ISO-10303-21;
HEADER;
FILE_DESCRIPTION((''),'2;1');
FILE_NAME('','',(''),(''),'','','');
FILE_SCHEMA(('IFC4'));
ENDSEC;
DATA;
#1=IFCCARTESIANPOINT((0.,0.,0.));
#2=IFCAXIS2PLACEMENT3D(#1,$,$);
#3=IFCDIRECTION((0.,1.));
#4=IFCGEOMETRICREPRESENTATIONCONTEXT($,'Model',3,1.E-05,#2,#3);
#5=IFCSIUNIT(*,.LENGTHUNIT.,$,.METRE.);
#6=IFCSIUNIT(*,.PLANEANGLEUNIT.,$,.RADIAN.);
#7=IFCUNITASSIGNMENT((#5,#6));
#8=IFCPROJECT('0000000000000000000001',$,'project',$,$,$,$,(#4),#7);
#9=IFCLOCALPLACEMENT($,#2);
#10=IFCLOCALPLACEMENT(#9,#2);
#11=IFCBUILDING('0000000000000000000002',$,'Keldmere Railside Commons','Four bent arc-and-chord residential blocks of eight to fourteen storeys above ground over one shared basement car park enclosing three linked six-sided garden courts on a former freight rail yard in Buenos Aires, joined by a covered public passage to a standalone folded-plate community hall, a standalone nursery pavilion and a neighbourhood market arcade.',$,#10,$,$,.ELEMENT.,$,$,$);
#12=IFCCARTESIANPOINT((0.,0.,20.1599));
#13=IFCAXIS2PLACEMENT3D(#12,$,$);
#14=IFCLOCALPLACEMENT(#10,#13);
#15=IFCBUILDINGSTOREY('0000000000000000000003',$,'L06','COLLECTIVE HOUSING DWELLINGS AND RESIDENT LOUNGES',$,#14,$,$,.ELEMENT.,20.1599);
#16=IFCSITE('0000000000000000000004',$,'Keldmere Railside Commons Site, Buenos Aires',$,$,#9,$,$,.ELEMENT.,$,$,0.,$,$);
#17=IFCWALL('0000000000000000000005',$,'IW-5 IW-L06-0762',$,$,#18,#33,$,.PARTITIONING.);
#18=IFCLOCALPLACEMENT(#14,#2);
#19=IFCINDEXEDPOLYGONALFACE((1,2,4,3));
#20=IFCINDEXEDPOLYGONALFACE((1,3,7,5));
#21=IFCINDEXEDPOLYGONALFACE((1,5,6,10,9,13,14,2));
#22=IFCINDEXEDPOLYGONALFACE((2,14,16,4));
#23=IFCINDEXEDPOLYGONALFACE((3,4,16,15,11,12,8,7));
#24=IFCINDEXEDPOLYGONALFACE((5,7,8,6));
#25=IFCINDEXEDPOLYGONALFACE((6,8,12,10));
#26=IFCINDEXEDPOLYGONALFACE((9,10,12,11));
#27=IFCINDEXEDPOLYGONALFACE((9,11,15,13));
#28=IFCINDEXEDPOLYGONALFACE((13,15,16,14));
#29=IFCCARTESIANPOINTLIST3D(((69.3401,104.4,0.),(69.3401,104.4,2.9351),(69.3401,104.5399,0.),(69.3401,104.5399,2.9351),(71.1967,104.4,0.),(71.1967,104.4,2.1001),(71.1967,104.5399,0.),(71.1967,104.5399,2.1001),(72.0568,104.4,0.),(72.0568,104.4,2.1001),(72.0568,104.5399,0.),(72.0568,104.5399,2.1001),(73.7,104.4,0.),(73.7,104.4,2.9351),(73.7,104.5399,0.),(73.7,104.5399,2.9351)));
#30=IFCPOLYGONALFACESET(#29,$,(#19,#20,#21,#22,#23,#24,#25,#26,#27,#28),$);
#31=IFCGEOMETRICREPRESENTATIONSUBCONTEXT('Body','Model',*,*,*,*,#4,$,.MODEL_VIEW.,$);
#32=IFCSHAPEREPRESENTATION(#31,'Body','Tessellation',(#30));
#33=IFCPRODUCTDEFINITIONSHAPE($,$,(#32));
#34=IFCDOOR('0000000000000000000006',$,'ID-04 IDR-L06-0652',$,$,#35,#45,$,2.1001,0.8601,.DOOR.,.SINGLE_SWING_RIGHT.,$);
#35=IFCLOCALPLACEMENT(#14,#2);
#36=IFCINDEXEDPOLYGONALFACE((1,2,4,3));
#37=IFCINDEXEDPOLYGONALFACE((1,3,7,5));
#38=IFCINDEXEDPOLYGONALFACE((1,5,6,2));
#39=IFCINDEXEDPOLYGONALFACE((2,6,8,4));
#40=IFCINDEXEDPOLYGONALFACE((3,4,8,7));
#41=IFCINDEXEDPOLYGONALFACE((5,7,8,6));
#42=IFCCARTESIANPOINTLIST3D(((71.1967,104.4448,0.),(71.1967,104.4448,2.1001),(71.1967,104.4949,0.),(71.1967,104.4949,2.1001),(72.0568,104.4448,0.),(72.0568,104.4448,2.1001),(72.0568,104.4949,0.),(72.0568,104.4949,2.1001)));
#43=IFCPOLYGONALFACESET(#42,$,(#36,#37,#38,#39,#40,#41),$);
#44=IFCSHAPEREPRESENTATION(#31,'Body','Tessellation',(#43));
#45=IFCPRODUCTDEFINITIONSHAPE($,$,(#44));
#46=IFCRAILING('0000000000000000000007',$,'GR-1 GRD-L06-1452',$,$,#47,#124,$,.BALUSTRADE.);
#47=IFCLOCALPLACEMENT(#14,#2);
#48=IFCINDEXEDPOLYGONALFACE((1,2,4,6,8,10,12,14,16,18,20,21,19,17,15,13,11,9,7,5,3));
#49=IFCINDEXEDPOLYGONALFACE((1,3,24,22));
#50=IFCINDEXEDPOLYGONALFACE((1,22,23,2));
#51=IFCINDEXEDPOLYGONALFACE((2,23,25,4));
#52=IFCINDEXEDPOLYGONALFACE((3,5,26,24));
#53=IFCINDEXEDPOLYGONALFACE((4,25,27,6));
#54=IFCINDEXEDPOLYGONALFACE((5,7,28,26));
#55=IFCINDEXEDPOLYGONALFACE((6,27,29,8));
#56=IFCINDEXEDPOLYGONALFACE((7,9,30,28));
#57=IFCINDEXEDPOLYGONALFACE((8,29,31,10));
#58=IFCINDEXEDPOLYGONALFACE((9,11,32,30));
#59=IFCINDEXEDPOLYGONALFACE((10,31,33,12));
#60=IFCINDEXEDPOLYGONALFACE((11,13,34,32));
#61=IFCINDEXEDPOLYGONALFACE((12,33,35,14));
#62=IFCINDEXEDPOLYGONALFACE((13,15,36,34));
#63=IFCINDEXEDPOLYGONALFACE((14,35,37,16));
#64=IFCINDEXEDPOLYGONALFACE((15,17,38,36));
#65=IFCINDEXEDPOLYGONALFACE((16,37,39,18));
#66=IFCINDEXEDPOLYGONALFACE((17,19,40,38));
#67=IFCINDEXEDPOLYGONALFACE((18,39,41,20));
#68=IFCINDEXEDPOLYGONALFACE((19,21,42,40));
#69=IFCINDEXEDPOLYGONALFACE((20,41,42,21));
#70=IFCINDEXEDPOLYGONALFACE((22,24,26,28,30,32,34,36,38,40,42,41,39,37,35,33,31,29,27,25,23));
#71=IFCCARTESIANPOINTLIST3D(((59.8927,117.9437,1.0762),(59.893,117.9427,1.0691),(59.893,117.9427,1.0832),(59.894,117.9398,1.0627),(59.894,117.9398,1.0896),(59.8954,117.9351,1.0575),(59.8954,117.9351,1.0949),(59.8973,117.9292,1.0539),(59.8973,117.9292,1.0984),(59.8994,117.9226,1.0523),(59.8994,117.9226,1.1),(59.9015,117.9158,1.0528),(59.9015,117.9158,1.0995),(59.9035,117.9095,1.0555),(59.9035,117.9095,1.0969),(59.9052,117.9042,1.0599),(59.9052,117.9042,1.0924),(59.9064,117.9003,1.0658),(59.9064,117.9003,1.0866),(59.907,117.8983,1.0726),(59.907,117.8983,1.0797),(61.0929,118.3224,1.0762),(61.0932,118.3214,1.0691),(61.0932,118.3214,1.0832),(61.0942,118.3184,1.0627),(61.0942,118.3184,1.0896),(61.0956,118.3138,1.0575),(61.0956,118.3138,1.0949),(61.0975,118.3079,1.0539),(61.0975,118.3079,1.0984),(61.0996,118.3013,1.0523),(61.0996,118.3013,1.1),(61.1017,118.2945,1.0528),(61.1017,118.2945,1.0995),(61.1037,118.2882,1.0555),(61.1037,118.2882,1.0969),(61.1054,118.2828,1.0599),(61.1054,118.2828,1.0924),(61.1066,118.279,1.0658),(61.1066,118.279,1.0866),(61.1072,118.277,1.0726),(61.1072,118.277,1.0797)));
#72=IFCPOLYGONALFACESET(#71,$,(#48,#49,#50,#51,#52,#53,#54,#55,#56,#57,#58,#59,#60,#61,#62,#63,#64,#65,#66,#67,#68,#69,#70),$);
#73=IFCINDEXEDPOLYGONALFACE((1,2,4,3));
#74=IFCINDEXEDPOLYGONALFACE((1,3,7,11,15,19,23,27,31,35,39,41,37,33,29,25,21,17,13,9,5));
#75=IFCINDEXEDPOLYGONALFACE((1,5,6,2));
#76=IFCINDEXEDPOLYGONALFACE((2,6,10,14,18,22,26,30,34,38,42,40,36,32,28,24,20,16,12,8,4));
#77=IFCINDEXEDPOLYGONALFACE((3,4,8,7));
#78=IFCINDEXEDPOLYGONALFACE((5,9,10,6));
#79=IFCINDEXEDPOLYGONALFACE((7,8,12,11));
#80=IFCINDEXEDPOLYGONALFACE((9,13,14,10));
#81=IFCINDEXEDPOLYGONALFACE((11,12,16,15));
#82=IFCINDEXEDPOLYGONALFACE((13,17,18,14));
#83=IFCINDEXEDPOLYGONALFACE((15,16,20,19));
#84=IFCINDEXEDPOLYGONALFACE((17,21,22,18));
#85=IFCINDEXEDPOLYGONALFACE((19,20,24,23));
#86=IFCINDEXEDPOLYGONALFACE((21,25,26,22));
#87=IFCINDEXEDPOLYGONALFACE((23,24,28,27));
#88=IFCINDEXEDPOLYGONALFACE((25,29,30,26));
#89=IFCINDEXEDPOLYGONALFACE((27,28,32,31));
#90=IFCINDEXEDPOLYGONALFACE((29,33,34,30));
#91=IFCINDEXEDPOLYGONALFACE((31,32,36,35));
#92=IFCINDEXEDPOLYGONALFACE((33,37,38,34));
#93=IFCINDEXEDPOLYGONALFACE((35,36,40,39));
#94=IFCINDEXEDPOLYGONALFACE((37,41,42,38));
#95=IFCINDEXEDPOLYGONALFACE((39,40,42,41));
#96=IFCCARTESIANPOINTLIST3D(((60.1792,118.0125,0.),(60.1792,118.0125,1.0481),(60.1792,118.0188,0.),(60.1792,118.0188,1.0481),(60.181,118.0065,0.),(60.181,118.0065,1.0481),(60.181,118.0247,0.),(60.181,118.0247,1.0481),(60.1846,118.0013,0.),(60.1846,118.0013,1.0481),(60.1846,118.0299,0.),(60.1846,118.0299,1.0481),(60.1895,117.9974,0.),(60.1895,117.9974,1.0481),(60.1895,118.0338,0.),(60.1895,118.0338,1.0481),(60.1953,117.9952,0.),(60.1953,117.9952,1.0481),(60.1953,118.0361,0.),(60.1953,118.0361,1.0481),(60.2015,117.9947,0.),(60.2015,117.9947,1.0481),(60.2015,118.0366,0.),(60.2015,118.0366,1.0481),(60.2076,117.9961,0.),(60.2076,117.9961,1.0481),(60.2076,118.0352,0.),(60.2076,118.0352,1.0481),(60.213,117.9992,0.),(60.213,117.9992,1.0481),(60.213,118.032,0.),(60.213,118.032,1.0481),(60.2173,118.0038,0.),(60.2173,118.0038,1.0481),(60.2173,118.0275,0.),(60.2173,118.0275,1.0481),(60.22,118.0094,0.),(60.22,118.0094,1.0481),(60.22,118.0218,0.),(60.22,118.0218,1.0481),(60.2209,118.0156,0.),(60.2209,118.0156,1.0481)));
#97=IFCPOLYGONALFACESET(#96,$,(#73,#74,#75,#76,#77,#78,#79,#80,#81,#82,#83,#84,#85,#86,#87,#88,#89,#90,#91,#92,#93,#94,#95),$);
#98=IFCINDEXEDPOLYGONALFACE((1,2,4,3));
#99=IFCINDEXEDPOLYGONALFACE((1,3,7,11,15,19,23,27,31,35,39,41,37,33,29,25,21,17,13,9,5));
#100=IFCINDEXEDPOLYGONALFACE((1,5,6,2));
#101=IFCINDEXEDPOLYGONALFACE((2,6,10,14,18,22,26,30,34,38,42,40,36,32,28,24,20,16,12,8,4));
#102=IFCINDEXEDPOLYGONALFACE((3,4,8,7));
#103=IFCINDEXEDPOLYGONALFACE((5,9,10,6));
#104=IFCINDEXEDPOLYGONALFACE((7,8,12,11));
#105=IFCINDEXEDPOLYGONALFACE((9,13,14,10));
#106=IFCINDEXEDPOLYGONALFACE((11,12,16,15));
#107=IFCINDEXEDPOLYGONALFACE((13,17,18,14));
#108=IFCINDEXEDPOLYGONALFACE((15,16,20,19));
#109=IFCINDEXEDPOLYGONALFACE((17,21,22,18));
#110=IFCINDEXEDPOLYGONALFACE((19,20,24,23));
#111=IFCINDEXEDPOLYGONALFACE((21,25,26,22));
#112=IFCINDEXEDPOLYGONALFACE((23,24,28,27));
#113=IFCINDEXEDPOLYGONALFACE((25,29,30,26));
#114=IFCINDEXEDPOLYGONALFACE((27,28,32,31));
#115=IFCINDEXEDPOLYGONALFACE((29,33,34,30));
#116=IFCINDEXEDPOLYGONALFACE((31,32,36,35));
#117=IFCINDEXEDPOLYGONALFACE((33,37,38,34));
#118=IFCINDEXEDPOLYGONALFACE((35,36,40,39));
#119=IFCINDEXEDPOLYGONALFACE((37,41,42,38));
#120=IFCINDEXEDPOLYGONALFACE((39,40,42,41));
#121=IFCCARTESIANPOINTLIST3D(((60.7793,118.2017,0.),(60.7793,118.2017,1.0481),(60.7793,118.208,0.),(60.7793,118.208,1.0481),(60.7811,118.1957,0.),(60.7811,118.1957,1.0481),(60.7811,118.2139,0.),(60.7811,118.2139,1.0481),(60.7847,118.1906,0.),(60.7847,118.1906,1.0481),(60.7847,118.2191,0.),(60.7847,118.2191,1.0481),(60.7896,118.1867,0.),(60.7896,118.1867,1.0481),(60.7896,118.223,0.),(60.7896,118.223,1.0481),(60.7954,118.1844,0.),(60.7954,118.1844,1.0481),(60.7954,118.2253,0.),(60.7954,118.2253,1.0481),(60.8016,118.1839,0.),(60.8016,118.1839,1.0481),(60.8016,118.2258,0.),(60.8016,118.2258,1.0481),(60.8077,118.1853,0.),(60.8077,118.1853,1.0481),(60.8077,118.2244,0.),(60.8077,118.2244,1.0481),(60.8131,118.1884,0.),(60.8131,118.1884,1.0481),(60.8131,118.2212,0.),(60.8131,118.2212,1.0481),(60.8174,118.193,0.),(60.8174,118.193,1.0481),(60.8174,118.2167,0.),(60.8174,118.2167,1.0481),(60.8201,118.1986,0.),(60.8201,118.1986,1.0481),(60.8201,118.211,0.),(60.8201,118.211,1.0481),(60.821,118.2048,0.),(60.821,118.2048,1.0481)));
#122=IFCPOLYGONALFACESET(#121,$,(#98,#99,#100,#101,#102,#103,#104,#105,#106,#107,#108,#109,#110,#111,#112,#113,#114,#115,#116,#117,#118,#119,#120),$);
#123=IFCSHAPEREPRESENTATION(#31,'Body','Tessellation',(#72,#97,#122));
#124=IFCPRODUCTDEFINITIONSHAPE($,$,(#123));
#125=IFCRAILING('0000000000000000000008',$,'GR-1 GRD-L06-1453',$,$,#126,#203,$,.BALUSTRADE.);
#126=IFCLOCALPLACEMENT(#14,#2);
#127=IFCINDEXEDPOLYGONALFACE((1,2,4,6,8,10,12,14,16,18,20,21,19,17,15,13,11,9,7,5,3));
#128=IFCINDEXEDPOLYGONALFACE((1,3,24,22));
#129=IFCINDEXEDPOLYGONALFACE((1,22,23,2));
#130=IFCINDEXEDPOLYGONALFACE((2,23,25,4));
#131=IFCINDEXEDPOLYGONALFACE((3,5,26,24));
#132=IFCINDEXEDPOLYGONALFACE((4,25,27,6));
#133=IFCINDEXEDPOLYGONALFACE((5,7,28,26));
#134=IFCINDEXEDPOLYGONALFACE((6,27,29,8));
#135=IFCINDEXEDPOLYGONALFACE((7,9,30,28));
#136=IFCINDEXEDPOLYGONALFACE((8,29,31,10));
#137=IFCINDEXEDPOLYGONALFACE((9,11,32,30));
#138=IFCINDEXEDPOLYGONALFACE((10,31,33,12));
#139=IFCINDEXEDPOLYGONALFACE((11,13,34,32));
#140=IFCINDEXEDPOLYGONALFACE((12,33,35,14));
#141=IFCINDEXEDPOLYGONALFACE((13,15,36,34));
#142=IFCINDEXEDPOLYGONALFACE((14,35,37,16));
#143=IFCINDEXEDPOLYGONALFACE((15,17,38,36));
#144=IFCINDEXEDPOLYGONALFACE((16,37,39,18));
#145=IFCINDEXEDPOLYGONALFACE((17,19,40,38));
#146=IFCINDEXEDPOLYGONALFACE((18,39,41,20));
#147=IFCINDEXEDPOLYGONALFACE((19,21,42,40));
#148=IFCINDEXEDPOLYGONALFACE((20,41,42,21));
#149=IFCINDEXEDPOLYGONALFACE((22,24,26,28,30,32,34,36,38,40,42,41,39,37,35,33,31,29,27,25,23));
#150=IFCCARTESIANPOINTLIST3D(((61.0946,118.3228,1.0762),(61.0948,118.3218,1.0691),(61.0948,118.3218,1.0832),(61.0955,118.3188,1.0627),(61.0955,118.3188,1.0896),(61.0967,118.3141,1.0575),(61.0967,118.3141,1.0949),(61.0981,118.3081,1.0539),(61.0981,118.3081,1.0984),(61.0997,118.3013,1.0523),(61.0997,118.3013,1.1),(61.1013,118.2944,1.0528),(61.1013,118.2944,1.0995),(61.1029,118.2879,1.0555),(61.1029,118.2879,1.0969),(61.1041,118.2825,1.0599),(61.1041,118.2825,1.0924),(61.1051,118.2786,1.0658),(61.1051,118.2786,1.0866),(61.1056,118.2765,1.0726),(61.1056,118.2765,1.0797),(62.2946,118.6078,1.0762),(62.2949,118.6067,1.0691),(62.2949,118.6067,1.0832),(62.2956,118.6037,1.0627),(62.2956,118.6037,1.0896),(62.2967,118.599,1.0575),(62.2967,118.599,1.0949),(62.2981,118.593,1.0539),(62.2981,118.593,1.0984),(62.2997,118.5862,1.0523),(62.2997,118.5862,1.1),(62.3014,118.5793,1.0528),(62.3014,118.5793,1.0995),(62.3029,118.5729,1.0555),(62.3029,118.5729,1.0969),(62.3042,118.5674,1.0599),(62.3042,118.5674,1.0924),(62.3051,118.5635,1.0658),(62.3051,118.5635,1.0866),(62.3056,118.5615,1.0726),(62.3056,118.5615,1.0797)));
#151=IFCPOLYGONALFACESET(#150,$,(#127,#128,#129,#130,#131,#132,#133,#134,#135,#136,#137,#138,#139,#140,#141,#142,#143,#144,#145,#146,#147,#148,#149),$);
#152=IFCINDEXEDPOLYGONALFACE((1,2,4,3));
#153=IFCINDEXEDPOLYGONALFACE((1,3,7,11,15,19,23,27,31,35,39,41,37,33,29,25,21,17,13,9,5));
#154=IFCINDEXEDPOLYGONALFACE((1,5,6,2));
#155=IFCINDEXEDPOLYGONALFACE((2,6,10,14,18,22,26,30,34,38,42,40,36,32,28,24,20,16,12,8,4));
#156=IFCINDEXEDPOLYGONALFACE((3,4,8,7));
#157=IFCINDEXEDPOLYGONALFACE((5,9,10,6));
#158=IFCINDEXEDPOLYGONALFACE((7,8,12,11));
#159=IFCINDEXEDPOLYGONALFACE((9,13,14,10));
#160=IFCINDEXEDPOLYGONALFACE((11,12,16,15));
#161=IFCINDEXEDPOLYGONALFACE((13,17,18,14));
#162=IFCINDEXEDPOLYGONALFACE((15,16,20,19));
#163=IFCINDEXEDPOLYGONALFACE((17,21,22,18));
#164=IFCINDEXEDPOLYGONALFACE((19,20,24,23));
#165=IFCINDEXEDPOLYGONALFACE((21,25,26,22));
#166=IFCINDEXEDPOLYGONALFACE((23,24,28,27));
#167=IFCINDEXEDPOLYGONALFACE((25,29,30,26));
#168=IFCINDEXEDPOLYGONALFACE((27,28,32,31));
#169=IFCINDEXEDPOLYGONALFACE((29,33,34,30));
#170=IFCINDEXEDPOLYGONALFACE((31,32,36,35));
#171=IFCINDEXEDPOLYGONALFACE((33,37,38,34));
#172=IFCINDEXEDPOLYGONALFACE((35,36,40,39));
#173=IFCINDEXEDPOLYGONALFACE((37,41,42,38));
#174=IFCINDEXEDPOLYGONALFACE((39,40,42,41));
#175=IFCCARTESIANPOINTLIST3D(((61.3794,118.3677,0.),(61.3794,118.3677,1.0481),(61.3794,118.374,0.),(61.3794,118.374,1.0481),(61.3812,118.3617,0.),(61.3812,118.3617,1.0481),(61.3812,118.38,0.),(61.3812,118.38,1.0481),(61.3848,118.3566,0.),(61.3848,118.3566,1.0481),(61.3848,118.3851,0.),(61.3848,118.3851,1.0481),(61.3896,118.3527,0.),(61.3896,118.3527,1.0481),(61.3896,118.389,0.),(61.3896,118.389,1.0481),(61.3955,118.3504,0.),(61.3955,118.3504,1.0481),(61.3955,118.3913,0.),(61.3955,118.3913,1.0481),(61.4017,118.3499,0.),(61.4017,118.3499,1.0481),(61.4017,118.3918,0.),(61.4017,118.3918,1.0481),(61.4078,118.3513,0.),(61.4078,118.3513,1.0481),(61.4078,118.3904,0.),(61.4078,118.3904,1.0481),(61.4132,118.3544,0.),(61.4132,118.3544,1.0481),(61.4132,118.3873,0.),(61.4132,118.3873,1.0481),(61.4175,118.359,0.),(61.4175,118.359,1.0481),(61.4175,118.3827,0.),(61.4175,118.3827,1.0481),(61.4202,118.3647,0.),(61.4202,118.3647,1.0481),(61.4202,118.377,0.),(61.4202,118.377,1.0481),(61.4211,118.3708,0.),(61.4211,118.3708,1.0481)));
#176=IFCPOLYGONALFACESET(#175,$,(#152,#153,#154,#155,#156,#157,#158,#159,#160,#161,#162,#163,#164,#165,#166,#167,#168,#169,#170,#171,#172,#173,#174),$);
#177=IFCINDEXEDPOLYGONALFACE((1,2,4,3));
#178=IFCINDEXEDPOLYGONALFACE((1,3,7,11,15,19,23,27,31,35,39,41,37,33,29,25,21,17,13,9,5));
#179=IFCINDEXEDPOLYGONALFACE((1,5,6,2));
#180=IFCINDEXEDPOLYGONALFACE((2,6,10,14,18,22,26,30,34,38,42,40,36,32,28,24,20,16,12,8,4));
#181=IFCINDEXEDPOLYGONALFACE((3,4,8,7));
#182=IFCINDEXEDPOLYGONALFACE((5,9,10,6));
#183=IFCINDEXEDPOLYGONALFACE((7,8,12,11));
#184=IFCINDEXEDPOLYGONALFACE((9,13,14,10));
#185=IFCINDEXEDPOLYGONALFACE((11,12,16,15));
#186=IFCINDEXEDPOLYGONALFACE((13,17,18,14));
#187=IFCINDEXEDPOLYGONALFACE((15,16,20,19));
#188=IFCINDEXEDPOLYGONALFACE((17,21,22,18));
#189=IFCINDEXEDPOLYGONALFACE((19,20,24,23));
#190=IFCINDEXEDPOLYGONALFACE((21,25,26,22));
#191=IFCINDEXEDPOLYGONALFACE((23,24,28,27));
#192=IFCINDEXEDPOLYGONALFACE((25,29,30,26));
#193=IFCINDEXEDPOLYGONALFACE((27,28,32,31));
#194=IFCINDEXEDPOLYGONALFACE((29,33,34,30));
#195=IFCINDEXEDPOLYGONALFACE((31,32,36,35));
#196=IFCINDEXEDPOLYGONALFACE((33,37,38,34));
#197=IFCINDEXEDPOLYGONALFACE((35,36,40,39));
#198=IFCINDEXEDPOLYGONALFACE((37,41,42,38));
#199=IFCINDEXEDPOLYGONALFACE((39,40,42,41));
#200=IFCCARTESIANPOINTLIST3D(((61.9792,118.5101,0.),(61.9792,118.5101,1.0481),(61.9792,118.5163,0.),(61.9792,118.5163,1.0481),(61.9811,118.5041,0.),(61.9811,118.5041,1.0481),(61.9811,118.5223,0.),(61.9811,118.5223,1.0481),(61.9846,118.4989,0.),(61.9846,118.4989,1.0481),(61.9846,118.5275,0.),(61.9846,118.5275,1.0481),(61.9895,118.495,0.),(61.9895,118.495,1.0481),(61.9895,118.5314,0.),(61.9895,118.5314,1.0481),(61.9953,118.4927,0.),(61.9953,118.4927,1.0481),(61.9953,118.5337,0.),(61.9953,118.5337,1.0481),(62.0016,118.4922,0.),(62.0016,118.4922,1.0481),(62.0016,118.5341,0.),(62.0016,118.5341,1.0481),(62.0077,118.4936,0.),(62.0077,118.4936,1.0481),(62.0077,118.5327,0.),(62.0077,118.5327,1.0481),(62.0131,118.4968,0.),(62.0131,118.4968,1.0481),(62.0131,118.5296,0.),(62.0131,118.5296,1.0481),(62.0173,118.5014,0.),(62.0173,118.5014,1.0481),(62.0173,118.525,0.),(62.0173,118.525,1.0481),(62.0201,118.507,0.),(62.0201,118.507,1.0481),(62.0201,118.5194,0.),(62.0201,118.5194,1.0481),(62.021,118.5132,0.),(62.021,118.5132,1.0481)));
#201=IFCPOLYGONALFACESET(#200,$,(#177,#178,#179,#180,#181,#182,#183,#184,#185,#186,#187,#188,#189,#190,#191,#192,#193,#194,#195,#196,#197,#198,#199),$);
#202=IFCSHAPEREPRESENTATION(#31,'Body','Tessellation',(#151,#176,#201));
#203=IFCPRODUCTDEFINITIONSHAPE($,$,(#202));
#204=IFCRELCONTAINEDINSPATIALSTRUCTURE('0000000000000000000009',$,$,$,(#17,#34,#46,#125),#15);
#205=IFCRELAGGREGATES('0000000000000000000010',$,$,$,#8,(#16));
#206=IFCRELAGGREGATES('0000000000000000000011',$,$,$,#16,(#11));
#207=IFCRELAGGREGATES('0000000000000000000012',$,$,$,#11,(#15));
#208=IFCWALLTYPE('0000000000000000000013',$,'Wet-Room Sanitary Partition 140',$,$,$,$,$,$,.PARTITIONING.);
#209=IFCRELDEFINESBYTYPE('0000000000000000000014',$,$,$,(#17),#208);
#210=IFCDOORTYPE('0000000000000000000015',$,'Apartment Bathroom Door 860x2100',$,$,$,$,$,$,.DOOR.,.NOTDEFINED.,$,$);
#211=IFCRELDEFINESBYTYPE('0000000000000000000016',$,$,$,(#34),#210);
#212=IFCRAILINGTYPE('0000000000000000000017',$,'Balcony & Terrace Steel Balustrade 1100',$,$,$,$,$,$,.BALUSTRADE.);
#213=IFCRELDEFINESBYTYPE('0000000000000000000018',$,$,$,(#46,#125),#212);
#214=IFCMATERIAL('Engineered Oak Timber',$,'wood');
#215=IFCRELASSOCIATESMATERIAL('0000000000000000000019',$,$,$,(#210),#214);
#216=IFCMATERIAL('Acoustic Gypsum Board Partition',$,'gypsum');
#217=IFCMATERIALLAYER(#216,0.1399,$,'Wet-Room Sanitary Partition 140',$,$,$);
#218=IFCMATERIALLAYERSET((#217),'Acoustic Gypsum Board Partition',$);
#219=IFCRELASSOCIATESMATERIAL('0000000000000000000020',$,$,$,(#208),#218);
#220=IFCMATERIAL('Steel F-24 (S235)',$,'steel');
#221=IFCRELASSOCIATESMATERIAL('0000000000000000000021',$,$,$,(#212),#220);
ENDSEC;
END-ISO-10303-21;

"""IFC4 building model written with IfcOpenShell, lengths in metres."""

from ifc_helpers import new_model, si_unit, direction, frame, frame_2d, origin, origin_2d, place, context, subcontext, project, spatial, rectangle, circle, extrude, material, layer, layer_set, type_object, element, fill, save


model = new_model("IFC4")

# Units and contexts
model_context = context("Model", 3, precision=1e-05, world=origin(), true_north=direction((0.0, 1.0)))
body_context = subcontext(model_context, "Body", "Model", "MODEL_VIEW")
ifc_project = project(units=[si_unit("LENGTHUNIT", "METRE"), si_unit("PLANEANGLEUNIT", "RADIAN")], contexts=[model_context])

# Site, building, storey
site_placement = place(None, origin())
site = spatial("IfcSite", under=ifc_project, at=site_placement, Name="Keldmere Railside Commons Site, Buenos Aires", CompositionType="ELEMENT", RefElevation=0.0)
building_placement = place(site_placement, origin())
building = spatial("IfcBuilding", under=site, at=building_placement, Name="Keldmere Railside Commons", Description="Four bent arc-and-chord residential blocks of eight to fourteen storeys above ground over one shared basement car park enclosing three linked six-sided garden courts on a former freight rail yard in Buenos Aires, joined by a covered public passage to a standalone folded-plate community hall, a standalone nursery pavilion and a neighbourhood market arcade.", CompositionType="ELEMENT")
storey_placement = place(building_placement, frame((0.0, 0.0, 20.1599)))
storey = spatial("IfcBuildingStorey", under=building, at=storey_placement, Name="L06", Description="COLLECTIVE HOUSING DWELLINGS AND RESIDENT LOUNGES", CompositionType="ELEMENT", Elevation=20.1599)

# Shared definitions
ifc_material_1 = material(Name="Acoustic Gypsum Board Partition", Category="gypsum")

# Shared definitions
ifc_material_2 = material(Name="Engineered Oak Timber", Category="wood")
door_type_1 = type_object("IfcDoorType", Name="Apartment Bathroom Door 860x2100", OperationType="NOTDEFINED", PredefinedType="DOOR", material=ifc_material_2)

# Wall, opening, door
ifc_layer_1 = layer(ifc_material_1, 0.1399, Name="Wet-Room Sanitary Partition 140")
ifc_layer_set_1 = layer_set([ifc_layer_1], Name="Acoustic Gypsum Board Partition")
wall_type_1 = type_object("IfcWallType", Name="Wet-Room Sanitary Partition 140", PredefinedType="PARTITIONING", material=ifc_layer_set_1)
wall_1_placement = place(storey_placement, frame((69.3401, 104.47, 0.0), z_axis=(0.0, 0.0, 1.0), x_axis=(1.0, 0.0, 0.0)))
wall_1 = element("IfcWall", 1, at=wall_1_placement, inside=storey, type_object=wall_type_1, Name="IW-5 IW-L06-0762", PredefinedType="PARTITIONING", context=body_context, shape_type="SweptSolid", body=[
    extrude(rectangle(XDim=4.3599, YDim=0.1399, at=frame_2d((2.1799, 0.0))), origin(), (0.0, 0.0, 1.0), 2.9351),
])
opening_1_placement = place(wall_1_placement, frame((1.8564, 0.0, 0.0)))
opening_1 = element("IfcOpeningElement", 2, at=opening_1_placement, cuts=wall_1, PredefinedType="OPENING", context=body_context, shape_type="SweptSolid", body=[
    extrude(rectangle(XDim=0.8601, YDim=2.1001, at=frame_2d((0.4302, 1.05))), frame((0.0, 0.0798, 0.0), z_axis=(0.0, -1.0, 0.0), x_axis=(1.0, 0.0, 0.0)), (0.0, 0.0, 1.0), 0.1599),
])
door_1_placement = place(opening_1_placement, origin())
door_1 = element("IfcDoor", 3, at=door_1_placement, inside=storey, type_object=door_type_1, Name="ID-04 IDR-L06-0652", OperationType="SINGLE_SWING_RIGHT", OverallHeight=2.1001, OverallWidth=0.8601, PredefinedType="DOOR", context=body_context, shape_type="SweptSolid", body=[
    extrude(rectangle(XDim=0.8601, YDim=2.1001, at=frame_2d((0.4302, 1.05))), frame((0.0, 0.0249, 0.0), z_axis=(0.0, -1.0, 0.0), x_axis=(1.0, 0.0, 0.0)), (0.0, 0.0, 1.0), 0.05),
])
fill(opening_1, door_1)

# Railings
ifc_material_3 = material(Name="Steel F-24 (S235)", Category="steel")
railing_type = type_object("IfcRailingType", Name="Balcony & Terrace Steel Balustrade 1100", PredefinedType="BALUSTRADE", material=ifc_material_3)
railing_1_placement = place(storey_placement, frame((59.8999, 117.9209, 0.0)))
element("IfcRailing", 4, at=railing_1_placement, inside=storey, type_object=railing_type, Name="GR-1 GRD-L06-1452", PredefinedType="BALUSTRADE", context=body_context, shape_type="SweptSolid", body=[
    extrude(circle(Radius=0.0239, at=origin_2d()), frame((0.0, 0.0, 1.0762), z_axis=(0.953662, 0.300881, 0.0), x_axis=(-0.300881, 0.953662, 0.0)), (0.0, 0.0, 1.0), 1.2585),
    extrude(circle(Radius=0.021, at=origin_2d()), frame((0.3, 0.0947, 0.0)), (0.0, 0.0, 1.0), 1.0481),
    extrude(circle(Radius=0.021, at=origin_2d()), frame((0.9001, 0.2839, 0.0)), (0.0, 0.0, 1.0), 1.0481),
])
railing_2_placement = place(storey_placement, frame((61.1001, 118.2996, 0.0)))
element("IfcRailing", 5, at=railing_2_placement, inside=storey, type_object=railing_type, Name="GR-1 GRD-L06-1453", PredefinedType="BALUSTRADE", context=body_context, shape_type="SweptSolid", body=[
    extrude(circle(Radius=0.0239, at=origin_2d()), frame((0.0, 0.0, 1.0762), z_axis=(0.97295, 0.231014, 0.0), x_axis=(-0.231014, 0.97295, 0.0)), (0.0, 0.0, 1.0), 1.2334),
    extrude(circle(Radius=0.021, at=origin_2d()), frame((0.3, 0.0713, 0.0)), (0.0, 0.0, 1.0), 1.0481),
    extrude(circle(Radius=0.021, at=origin_2d()), frame((0.8999, 0.2136, 0.0)), (0.0, 0.0, 1.0), 1.0481),
])

save(model, "model.ifc")
